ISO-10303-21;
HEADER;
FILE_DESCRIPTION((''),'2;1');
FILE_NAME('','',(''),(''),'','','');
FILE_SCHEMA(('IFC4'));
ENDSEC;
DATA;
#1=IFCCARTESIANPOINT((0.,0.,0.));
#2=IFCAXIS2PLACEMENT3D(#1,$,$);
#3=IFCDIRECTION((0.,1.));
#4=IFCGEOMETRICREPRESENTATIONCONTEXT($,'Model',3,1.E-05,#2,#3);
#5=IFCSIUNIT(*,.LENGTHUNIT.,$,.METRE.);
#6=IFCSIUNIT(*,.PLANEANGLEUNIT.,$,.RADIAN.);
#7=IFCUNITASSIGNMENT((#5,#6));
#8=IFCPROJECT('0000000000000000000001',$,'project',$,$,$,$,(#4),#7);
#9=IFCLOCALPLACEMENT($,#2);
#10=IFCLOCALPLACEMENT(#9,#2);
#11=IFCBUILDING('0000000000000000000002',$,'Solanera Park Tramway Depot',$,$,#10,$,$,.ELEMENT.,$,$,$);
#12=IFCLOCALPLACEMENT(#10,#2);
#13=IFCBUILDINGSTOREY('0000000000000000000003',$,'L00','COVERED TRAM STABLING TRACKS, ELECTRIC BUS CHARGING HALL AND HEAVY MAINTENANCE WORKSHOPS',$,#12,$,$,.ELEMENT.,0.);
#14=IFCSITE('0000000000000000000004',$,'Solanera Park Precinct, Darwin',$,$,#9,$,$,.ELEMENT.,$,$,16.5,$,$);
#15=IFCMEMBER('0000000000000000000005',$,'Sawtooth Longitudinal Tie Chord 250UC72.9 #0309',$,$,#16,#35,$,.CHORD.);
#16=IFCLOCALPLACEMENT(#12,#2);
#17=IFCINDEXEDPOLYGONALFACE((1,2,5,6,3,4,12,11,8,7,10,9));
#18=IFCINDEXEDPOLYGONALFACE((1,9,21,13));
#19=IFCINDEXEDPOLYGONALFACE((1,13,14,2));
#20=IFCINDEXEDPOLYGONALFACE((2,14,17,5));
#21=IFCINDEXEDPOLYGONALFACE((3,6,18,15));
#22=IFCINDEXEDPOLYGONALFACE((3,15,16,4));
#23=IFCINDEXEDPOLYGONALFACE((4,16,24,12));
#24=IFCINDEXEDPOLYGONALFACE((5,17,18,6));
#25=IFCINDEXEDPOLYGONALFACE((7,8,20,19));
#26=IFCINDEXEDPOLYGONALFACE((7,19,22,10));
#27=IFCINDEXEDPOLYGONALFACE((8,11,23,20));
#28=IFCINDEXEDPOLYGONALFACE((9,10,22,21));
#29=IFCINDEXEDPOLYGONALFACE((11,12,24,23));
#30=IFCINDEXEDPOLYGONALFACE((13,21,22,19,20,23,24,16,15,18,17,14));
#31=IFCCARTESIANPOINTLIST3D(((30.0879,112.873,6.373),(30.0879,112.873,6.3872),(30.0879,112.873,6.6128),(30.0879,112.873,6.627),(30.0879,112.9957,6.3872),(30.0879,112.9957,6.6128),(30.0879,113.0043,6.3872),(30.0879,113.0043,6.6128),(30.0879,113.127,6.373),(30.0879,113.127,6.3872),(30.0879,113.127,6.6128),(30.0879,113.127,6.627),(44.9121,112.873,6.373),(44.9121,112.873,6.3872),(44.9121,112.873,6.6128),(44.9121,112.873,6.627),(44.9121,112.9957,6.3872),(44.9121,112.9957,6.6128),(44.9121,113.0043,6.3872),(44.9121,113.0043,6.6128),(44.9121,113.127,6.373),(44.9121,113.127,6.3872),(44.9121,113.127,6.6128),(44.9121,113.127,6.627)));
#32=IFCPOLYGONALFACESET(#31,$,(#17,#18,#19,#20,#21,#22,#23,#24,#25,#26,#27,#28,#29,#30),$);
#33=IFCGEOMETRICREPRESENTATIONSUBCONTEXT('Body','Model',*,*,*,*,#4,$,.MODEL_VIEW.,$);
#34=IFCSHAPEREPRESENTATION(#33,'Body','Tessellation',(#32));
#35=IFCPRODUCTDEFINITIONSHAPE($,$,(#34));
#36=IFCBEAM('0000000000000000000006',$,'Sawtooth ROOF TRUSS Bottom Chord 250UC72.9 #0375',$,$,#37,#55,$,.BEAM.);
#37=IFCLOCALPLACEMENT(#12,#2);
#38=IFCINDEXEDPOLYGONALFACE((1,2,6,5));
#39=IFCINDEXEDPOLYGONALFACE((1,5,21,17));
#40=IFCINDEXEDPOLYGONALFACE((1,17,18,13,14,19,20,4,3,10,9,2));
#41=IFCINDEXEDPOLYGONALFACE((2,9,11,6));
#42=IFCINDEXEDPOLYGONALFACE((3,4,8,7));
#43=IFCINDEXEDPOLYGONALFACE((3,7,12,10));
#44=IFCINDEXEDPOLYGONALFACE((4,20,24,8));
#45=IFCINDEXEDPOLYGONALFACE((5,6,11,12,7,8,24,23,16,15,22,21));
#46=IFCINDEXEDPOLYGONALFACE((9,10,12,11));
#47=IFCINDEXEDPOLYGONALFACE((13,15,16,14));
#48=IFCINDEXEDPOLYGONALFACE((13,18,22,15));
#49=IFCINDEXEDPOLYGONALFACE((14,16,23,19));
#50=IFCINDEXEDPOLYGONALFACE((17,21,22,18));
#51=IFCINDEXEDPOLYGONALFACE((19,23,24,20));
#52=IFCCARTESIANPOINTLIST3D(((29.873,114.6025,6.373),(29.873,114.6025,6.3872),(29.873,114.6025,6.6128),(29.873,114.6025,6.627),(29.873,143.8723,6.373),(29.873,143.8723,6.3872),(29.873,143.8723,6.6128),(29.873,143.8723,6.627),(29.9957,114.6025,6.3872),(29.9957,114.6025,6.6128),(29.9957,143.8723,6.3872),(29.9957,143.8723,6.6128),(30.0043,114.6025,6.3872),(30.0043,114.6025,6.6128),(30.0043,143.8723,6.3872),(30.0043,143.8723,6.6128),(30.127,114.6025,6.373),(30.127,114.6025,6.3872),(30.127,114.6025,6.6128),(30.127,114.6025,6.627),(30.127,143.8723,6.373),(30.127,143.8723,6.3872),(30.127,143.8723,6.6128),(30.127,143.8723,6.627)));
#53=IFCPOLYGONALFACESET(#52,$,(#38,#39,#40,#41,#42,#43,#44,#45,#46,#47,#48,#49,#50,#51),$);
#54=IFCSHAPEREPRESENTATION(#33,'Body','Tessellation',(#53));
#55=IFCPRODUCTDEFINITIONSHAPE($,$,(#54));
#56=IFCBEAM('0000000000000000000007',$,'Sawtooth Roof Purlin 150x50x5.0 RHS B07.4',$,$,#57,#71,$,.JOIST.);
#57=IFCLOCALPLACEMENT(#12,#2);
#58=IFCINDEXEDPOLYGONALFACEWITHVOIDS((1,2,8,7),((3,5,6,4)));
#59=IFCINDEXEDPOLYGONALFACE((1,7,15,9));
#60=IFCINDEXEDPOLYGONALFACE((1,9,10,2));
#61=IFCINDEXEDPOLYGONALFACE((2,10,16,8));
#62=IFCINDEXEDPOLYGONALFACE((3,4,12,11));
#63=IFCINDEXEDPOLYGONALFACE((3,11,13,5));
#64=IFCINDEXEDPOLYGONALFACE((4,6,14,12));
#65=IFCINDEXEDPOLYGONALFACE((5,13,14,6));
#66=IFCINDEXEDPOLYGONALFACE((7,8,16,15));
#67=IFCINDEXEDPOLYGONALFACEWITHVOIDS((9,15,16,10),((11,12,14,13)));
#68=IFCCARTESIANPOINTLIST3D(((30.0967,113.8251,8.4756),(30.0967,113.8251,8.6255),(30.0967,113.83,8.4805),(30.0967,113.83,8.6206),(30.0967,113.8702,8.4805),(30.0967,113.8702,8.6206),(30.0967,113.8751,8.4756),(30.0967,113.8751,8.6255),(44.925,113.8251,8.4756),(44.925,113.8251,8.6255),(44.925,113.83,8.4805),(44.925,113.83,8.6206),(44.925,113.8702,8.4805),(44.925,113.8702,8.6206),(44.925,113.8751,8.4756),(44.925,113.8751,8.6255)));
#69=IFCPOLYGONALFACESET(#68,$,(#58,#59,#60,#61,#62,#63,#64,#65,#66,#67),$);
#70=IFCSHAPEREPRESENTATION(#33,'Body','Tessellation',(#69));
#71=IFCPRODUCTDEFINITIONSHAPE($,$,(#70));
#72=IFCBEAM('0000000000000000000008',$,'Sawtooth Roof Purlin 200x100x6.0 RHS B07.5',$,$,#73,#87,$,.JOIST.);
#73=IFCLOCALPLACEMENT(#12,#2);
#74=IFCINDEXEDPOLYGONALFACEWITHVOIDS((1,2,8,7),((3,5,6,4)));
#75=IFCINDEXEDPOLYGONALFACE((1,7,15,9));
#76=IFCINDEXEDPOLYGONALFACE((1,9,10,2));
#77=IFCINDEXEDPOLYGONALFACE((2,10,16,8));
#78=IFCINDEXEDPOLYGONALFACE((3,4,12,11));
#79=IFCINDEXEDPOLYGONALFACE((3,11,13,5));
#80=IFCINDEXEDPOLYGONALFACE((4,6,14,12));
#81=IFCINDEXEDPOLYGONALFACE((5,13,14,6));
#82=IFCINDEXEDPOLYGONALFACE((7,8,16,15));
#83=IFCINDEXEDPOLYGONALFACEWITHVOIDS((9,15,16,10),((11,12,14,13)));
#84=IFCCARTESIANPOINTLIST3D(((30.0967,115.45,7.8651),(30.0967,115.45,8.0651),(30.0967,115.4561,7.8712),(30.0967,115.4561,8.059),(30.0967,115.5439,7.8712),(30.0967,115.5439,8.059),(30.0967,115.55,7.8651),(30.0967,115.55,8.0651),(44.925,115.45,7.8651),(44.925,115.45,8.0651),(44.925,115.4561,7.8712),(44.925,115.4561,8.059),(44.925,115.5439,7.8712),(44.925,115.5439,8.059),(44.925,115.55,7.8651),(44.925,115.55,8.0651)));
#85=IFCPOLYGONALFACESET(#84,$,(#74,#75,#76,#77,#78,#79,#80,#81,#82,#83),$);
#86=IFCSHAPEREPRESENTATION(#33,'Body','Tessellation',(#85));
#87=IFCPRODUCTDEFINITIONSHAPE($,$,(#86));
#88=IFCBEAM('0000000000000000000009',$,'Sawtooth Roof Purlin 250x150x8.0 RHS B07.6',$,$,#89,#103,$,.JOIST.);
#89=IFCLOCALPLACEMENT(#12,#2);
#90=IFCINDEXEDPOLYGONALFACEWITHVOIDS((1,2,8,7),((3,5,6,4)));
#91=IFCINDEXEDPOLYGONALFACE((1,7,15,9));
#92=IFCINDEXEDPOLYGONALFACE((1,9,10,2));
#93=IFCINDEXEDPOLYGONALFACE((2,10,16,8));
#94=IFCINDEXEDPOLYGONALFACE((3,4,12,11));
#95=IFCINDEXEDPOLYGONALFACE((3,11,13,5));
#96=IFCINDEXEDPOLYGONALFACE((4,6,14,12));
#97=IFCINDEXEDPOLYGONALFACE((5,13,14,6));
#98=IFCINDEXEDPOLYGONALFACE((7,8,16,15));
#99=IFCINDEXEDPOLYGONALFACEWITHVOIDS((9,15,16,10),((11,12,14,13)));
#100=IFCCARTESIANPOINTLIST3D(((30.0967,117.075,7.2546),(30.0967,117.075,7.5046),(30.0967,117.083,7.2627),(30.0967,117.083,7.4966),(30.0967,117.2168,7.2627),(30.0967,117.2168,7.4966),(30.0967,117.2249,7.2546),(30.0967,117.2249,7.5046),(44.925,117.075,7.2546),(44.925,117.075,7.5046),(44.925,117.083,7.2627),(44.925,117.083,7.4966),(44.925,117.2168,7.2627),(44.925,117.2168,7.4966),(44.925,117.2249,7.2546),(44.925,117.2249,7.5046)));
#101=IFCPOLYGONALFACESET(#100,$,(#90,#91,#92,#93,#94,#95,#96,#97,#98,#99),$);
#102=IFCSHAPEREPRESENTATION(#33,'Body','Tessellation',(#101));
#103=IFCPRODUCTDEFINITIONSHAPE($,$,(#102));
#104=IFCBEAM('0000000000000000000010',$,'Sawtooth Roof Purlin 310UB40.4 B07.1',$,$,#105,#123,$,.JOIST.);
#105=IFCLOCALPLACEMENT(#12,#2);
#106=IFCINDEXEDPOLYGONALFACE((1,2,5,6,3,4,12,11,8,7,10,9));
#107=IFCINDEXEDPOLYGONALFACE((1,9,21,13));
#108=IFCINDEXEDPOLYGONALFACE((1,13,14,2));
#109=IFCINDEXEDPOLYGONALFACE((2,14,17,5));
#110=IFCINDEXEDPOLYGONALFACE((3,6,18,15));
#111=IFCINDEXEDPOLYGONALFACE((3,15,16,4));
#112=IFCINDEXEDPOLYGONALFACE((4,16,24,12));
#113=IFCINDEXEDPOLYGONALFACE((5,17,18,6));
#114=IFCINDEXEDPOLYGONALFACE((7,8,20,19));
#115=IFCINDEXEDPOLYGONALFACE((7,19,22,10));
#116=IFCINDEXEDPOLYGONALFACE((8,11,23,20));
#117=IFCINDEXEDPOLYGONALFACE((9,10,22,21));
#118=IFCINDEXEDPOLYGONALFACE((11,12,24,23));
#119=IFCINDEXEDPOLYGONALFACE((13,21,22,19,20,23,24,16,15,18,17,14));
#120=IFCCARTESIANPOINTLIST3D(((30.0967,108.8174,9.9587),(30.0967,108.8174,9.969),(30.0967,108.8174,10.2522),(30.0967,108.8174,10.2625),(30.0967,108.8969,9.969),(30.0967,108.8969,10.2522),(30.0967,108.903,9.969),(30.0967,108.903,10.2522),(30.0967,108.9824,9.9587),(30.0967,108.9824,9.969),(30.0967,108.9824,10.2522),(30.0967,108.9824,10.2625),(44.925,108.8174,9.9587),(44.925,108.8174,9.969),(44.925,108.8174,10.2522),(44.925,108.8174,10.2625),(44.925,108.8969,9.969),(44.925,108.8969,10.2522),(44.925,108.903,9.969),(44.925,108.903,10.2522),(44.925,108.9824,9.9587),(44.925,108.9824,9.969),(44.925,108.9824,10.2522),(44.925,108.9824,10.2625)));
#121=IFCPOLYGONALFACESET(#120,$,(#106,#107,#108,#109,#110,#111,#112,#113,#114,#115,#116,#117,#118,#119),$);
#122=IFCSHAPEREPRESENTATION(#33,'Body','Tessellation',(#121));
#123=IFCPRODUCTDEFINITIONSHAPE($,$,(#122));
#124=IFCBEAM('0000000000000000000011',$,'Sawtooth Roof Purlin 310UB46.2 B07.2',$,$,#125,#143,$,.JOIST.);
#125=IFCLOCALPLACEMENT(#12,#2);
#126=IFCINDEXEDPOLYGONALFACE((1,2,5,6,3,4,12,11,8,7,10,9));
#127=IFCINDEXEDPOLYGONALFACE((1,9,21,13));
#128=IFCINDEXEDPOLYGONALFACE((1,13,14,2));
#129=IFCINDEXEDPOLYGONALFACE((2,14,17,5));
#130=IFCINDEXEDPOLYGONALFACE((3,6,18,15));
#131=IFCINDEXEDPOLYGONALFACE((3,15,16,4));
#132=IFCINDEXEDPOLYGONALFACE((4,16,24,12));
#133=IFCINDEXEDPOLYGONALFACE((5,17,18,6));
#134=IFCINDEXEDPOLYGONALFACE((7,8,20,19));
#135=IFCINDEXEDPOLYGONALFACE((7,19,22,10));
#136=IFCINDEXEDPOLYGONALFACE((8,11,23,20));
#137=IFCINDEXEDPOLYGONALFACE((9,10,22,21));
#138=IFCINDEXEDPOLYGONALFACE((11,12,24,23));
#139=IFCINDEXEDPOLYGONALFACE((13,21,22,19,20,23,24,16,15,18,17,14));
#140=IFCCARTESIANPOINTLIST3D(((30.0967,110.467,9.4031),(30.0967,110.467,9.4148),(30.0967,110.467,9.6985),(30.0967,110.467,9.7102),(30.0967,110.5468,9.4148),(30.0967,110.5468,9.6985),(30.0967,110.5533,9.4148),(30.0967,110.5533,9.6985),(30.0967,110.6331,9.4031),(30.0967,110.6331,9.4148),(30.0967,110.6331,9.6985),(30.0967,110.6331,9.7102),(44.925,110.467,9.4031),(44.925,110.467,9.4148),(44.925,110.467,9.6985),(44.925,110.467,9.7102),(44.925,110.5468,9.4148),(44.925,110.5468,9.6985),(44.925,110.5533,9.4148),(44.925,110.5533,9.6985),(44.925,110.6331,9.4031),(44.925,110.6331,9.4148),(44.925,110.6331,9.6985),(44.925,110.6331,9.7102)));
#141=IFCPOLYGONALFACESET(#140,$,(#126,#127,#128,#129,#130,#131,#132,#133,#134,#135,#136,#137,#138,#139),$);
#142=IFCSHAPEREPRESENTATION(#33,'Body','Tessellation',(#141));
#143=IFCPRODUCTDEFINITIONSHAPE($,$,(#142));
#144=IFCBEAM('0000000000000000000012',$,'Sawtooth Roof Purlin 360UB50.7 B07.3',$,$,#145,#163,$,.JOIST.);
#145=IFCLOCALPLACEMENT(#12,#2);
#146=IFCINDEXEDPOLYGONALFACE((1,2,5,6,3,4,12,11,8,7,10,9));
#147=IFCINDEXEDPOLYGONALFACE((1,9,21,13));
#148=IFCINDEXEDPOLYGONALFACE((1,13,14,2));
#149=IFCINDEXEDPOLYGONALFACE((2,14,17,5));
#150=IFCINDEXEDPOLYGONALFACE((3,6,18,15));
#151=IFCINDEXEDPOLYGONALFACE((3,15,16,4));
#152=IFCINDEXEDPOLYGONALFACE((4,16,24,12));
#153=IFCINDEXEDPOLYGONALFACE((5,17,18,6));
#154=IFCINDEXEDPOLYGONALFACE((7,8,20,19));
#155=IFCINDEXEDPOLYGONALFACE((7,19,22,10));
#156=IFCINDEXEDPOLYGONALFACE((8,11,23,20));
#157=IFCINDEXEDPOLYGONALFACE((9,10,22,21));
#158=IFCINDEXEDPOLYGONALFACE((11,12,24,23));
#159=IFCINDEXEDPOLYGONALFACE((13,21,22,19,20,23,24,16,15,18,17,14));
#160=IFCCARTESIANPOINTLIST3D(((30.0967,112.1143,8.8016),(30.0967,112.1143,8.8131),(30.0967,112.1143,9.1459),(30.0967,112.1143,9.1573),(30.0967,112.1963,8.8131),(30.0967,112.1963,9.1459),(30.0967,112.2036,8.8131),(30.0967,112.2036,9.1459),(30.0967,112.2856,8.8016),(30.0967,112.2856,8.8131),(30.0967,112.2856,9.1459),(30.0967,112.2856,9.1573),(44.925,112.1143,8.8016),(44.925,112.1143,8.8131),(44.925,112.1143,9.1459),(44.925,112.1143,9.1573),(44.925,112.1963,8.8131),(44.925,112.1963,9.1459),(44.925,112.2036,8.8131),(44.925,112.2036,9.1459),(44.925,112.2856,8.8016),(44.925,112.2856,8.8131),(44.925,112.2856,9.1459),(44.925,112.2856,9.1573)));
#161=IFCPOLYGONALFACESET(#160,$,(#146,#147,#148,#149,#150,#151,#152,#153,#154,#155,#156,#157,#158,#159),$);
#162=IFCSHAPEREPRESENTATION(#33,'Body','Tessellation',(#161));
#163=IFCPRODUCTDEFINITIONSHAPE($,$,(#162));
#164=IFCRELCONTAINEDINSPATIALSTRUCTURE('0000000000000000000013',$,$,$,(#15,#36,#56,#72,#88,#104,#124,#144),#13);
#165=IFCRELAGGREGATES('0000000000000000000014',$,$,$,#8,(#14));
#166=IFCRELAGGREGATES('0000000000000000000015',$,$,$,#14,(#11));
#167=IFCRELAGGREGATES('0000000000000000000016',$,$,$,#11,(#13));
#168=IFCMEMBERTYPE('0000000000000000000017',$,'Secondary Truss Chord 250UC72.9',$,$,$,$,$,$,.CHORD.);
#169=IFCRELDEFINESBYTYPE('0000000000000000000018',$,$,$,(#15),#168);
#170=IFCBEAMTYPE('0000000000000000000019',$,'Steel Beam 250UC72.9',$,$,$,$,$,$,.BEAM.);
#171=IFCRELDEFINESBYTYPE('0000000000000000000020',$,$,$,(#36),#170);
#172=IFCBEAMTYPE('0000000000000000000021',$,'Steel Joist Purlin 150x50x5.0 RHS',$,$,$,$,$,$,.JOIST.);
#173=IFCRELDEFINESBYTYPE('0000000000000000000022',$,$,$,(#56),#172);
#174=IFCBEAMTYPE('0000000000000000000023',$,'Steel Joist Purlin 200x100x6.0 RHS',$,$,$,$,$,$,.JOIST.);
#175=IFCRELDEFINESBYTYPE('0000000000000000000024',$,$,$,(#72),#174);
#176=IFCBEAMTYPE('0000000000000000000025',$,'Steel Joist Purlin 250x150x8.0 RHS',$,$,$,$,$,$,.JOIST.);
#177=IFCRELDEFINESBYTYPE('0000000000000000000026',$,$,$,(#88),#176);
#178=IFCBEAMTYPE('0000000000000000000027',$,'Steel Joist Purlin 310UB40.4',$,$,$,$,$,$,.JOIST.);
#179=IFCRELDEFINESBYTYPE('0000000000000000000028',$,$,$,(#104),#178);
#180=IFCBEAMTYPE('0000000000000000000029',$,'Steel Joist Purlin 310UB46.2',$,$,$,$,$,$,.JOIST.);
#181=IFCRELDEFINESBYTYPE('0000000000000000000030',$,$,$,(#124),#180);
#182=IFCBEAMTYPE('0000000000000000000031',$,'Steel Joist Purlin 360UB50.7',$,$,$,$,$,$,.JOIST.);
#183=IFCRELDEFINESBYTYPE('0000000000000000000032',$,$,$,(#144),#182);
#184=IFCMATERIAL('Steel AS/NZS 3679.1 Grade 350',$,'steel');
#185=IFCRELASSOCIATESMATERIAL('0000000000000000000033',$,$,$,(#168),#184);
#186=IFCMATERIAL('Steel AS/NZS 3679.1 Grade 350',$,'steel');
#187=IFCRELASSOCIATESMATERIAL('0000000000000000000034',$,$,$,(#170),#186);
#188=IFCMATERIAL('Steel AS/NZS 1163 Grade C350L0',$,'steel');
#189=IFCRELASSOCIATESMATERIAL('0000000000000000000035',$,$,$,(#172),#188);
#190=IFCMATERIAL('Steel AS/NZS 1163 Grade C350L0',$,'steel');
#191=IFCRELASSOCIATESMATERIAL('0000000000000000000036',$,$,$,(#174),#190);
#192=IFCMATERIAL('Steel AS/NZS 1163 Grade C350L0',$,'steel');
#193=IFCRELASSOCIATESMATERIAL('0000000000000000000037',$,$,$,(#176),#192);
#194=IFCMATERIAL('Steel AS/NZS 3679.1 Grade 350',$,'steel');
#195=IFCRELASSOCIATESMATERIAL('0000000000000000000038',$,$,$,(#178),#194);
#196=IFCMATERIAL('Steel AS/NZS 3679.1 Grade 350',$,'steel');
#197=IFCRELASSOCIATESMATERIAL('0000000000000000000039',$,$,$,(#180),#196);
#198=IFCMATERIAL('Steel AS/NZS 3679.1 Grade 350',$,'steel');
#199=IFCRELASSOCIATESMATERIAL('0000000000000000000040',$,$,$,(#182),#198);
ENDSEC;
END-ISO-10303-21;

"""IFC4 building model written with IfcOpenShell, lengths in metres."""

from ifc_helpers import new_model, si_unit, direction, frame, origin, origin_2d, place, context, subcontext, project, spatial, hollow_rectangle, i_section, extrude, material, material_profile, profile_set, type_object, element, save


model = new_model("IFC4")

# Units and contexts
model_context = context("Model", 3, precision=1e-05, world=origin(), true_north=direction((0.0, 1.0)))
body_context = subcontext(model_context, "Body", "Model", "MODEL_VIEW")
ifc_project = project(units=[si_unit("LENGTHUNIT", "METRE"), si_unit("PLANEANGLEUNIT", "RADIAN")], contexts=[model_context])

# Site, building, storey
site_placement = place(None, origin())
site = spatial("IfcSite", under=ifc_project, at=site_placement, Name="Solanera Park Precinct, Darwin", CompositionType="ELEMENT", RefElevation=16.5)
building_placement = place(site_placement, origin())
building = spatial("IfcBuilding", under=site, at=building_placement, Name="Solanera Park Tramway Depot", CompositionType="ELEMENT")
storey_placement = place(building_placement, origin())
storey = spatial("IfcBuildingStorey", under=building, at=storey_placement, Name="L00", Description="COVERED TRAM STABLING TRACKS, ELECTRIC BUS CHARGING HALL AND HEAVY MAINTENANCE WORKSHOPS", CompositionType="ELEMENT", Elevation=0.0)

# Member
ifc_material_1 = material(Name="Steel AS/NZS 3679.1 Grade 350", Category="steel")
ifc_material_profile_1 = material_profile(ifc_material_1, i_section(OverallWidth=0.2539, OverallDepth=0.2539, WebThickness=0.0085, FlangeThickness=0.0142, at=origin_2d()), Name="250UC72.9")
ifc_profile_set_1 = profile_set([ifc_material_profile_1], Name="Steel AS/NZS 3679.1 Grade 350")
member_type_1 = type_object("IfcMemberType", Name="Secondary Truss Chord 250UC72.9", PredefinedType="CHORD", material=ifc_profile_set_1)
member_1_placement = place(storey_placement, frame((30.0879, 113.0, 6.5), z_axis=(1.0, 0.0, 0.0), x_axis=(0.0, 1.0, 0.0)))
element("IfcMember", 1, at=member_1_placement, inside=storey, type_object=member_type_1, Name="Sawtooth Longitudinal Tie Chord 250UC72.9 #0309", PredefinedType="CHORD", context=body_context, shape_type="SweptSolid", body=[
    extrude(i_section(OverallWidth=0.2539, OverallDepth=0.2539, WebThickness=0.0085, FlangeThickness=0.0142, at=origin_2d()), origin(), (0.0, 0.0, 1.0), 14.8242),
])

# Beams
ifc_material_2 = material(Name="Steel AS/NZS 3679.1 Grade 350", Category="steel")
ifc_material_profile_2 = material_profile(ifc_material_2, i_section(OverallWidth=0.2539, OverallDepth=0.2539, WebThickness=0.0085, FlangeThickness=0.0142, at=origin_2d()), Name="250UC72.9")
ifc_profile_set_2 = profile_set([ifc_material_profile_2], Name="Steel AS/NZS 3679.1 Grade 350")
beam_type_1 = type_object("IfcBeamType", Name="Steel Beam 250UC72.9", PredefinedType="BEAM", material=ifc_profile_set_2)
beam_1_placement = place(storey_placement, frame((30.0, 114.6025, 6.5), z_axis=(0.0, 1.0, 0.0), x_axis=(-1.0, 0.0, 0.0)))
element("IfcBeam", 2, at=beam_1_placement, inside=storey, type_object=beam_type_1, Name="Sawtooth ROOF TRUSS Bottom Chord 250UC72.9 #0375", PredefinedType="BEAM", context=body_context, shape_type="SweptSolid", body=[
    extrude(i_section(OverallWidth=0.2539, OverallDepth=0.2539, WebThickness=0.0085, FlangeThickness=0.0142, at=origin_2d()), origin(), (0.0, 0.0, 1.0), 29.2698),
])
ifc_material_3 = material(Name="Steel AS/NZS 1163 Grade C350L0", Category="steel")
ifc_material_profile_3 = material_profile(ifc_material_3, hollow_rectangle(XDim=0.05, YDim=0.1499, WallThickness=0.0049, at=origin_2d()), Name="150x50x5.0 RHS")
ifc_profile_set_3 = profile_set([ifc_material_profile_3], Name="Steel AS/NZS 1163 Grade C350L0")
beam_type_2 = type_object("IfcBeamType", Name="Steel Joist Purlin 150x50x5.0 RHS", PredefinedType="JOIST", material=ifc_profile_set_3)
beam_2_placement = place(storey_placement, frame((30.0967, 113.8501, 8.5505), z_axis=(1.0, 0.0, 0.0), x_axis=(0.0, 1.0, 0.0)))
element("IfcBeam", 3, at=beam_2_placement, inside=storey, type_object=beam_type_2, Name="Sawtooth Roof Purlin 150x50x5.0 RHS B07.4", PredefinedType="JOIST", context=body_context, shape_type="SweptSolid", body=[
    extrude(hollow_rectangle(XDim=0.05, YDim=0.1499, WallThickness=0.0049, at=origin_2d()), origin(), (0.0, 0.0, 1.0), 14.8284),
])
ifc_material_4 = material(Name="Steel AS/NZS 1163 Grade C350L0", Category="steel")
ifc_material_profile_4 = material_profile(ifc_material_4, hollow_rectangle(XDim=0.1001, YDim=0.2, WallThickness=0.0061, at=origin_2d()), Name="200x100x6.0 RHS")
ifc_profile_set_4 = profile_set([ifc_material_profile_4], Name="Steel AS/NZS 1163 Grade C350L0")
beam_type_3 = type_object("IfcBeamType", Name="Steel Joist Purlin 200x100x6.0 RHS", PredefinedType="JOIST", material=ifc_profile_set_4)
beam_3_placement = place(storey_placement, frame((30.0967, 115.5, 7.9651), z_axis=(1.0, 0.0, 0.0), x_axis=(0.0, 1.0, 0.0)))
element("IfcBeam", 4, at=beam_3_placement, inside=storey, type_object=beam_type_3, Name="Sawtooth Roof Purlin 200x100x6.0 RHS B07.5", PredefinedType="JOIST", context=body_context, shape_type="SweptSolid", body=[
    extrude(hollow_rectangle(XDim=0.1001, YDim=0.2, WallThickness=0.0061, at=origin_2d()), origin(), (0.0, 0.0, 1.0), 14.8284),
])
ifc_material_5 = material(Name="Steel AS/NZS 1163 Grade C350L0", Category="steel")
ifc_material_profile_5 = material_profile(ifc_material_5, hollow_rectangle(XDim=0.1499, YDim=0.25, WallThickness=0.0081, at=origin_2d()), Name="250x150x8.0 RHS")
ifc_profile_set_5 = profile_set([ifc_material_profile_5], Name="Steel AS/NZS 1163 Grade C350L0")
beam_type_4 = type_object("IfcBeamType", Name="Steel Joist Purlin 250x150x8.0 RHS", PredefinedType="JOIST", material=ifc_profile_set_5)
beam_4_placement = place(storey_placement, frame((30.0967, 117.1499, 7.3796), z_axis=(1.0, 0.0, 0.0), x_axis=(0.0, 1.0, 0.0)))
element("IfcBeam", 5, at=beam_4_placement, inside=storey, type_object=beam_type_4, Name="Sawtooth Roof Purlin 250x150x8.0 RHS B07.6", PredefinedType="JOIST", context=body_context, shape_type="SweptSolid", body=[
    extrude(hollow_rectangle(XDim=0.1499, YDim=0.25, WallThickness=0.0081, at=origin_2d()), origin(), (0.0, 0.0, 1.0), 14.8284),
])
ifc_material_6 = material(Name="Steel AS/NZS 3679.1 Grade 350", Category="steel")
ifc_material_profile_6 = material_profile(ifc_material_6, i_section(OverallWidth=0.165, OverallDepth=0.3037, WebThickness=0.0061, FlangeThickness=0.0103, at=origin_2d()), Name="310UB40.4")
ifc_profile_set_6 = profile_set([ifc_material_profile_6], Name="Steel AS/NZS 3679.1 Grade 350")
beam_type_5 = type_object("IfcBeamType", Name="Steel Joist Purlin 310UB40.4", PredefinedType="JOIST", material=ifc_profile_set_6)
beam_5_placement = place(storey_placement, frame((30.0967, 108.8999, 10.1106), z_axis=(1.0, 0.0, 0.0), x_axis=(0.0, 1.0, 0.0)))
element("IfcBeam", 6, at=beam_5_placement, inside=storey, type_object=beam_type_5, Name="Sawtooth Roof Purlin 310UB40.4 B07.1", PredefinedType="JOIST", context=body_context, shape_type="SweptSolid", body=[
    extrude(i_section(OverallWidth=0.165, OverallDepth=0.3037, WebThickness=0.0061, FlangeThickness=0.0103, at=origin_2d()), origin(), (0.0, 0.0, 1.0), 14.8284),
])
ifc_material_7 = material(Name="Steel AS/NZS 3679.1 Grade 350", Category="steel")
ifc_material_profile_7 = material_profile(ifc_material_7, i_section(OverallWidth=0.166, OverallDepth=0.3071, WebThickness=0.0066, FlangeThickness=0.0117, at=origin_2d()), Name="310UB46.2")
ifc_profile_set_7 = profile_set([ifc_material_profile_7], Name="Steel AS/NZS 3679.1 Grade 350")
beam_type_6 = type_object("IfcBeamType", Name="Steel Joist Purlin 310UB46.2", PredefinedType="JOIST", material=ifc_profile_set_7)
beam_6_placement = place(storey_placement, frame((30.0967, 110.55, 9.5566), z_axis=(1.0, 0.0, 0.0), x_axis=(0.0, 1.0, 0.0)))
element("IfcBeam", 7, at=beam_6_placement, inside=storey, type_object=beam_type_6, Name="Sawtooth Roof Purlin 310UB46.2 B07.2", PredefinedType="JOIST", context=body_context, shape_type="SweptSolid", body=[
    extrude(i_section(OverallWidth=0.166, OverallDepth=0.3071, WebThickness=0.0066, FlangeThickness=0.0117, at=origin_2d()), origin(), (0.0, 0.0, 1.0), 14.8284),
])
ifc_material_8 = material(Name="Steel AS/NZS 3679.1 Grade 350", Category="steel")
ifc_material_profile_8 = material_profile(ifc_material_8, i_section(OverallWidth=0.1714, OverallDepth=0.3557, WebThickness=0.0073, FlangeThickness=0.0115, at=origin_2d()), Name="360UB50.7")
ifc_profile_set_8 = profile_set([ifc_material_profile_8], Name="Steel AS/NZS 3679.1 Grade 350")
beam_type_7 = type_object("IfcBeamType", Name="Steel Joist Purlin 360UB50.7", PredefinedType="JOIST", material=ifc_profile_set_8)
beam_7_placement = place(storey_placement, frame((30.0967, 112.2, 8.9795), z_axis=(1.0, 0.0, 0.0), x_axis=(0.0, 1.0, 0.0)))
element("IfcBeam", 8, at=beam_7_placement, inside=storey, type_object=beam_type_7, Name="Sawtooth Roof Purlin 360UB50.7 B07.3", PredefinedType="JOIST", context=body_context, shape_type="SweptSolid", body=[
    extrude(i_section(OverallWidth=0.1714, OverallDepth=0.3557, WebThickness=0.0073, FlangeThickness=0.0115, at=origin_2d()), origin(), (0.0, 0.0, 1.0), 14.8284),
])

save(model, "model.ifc")
